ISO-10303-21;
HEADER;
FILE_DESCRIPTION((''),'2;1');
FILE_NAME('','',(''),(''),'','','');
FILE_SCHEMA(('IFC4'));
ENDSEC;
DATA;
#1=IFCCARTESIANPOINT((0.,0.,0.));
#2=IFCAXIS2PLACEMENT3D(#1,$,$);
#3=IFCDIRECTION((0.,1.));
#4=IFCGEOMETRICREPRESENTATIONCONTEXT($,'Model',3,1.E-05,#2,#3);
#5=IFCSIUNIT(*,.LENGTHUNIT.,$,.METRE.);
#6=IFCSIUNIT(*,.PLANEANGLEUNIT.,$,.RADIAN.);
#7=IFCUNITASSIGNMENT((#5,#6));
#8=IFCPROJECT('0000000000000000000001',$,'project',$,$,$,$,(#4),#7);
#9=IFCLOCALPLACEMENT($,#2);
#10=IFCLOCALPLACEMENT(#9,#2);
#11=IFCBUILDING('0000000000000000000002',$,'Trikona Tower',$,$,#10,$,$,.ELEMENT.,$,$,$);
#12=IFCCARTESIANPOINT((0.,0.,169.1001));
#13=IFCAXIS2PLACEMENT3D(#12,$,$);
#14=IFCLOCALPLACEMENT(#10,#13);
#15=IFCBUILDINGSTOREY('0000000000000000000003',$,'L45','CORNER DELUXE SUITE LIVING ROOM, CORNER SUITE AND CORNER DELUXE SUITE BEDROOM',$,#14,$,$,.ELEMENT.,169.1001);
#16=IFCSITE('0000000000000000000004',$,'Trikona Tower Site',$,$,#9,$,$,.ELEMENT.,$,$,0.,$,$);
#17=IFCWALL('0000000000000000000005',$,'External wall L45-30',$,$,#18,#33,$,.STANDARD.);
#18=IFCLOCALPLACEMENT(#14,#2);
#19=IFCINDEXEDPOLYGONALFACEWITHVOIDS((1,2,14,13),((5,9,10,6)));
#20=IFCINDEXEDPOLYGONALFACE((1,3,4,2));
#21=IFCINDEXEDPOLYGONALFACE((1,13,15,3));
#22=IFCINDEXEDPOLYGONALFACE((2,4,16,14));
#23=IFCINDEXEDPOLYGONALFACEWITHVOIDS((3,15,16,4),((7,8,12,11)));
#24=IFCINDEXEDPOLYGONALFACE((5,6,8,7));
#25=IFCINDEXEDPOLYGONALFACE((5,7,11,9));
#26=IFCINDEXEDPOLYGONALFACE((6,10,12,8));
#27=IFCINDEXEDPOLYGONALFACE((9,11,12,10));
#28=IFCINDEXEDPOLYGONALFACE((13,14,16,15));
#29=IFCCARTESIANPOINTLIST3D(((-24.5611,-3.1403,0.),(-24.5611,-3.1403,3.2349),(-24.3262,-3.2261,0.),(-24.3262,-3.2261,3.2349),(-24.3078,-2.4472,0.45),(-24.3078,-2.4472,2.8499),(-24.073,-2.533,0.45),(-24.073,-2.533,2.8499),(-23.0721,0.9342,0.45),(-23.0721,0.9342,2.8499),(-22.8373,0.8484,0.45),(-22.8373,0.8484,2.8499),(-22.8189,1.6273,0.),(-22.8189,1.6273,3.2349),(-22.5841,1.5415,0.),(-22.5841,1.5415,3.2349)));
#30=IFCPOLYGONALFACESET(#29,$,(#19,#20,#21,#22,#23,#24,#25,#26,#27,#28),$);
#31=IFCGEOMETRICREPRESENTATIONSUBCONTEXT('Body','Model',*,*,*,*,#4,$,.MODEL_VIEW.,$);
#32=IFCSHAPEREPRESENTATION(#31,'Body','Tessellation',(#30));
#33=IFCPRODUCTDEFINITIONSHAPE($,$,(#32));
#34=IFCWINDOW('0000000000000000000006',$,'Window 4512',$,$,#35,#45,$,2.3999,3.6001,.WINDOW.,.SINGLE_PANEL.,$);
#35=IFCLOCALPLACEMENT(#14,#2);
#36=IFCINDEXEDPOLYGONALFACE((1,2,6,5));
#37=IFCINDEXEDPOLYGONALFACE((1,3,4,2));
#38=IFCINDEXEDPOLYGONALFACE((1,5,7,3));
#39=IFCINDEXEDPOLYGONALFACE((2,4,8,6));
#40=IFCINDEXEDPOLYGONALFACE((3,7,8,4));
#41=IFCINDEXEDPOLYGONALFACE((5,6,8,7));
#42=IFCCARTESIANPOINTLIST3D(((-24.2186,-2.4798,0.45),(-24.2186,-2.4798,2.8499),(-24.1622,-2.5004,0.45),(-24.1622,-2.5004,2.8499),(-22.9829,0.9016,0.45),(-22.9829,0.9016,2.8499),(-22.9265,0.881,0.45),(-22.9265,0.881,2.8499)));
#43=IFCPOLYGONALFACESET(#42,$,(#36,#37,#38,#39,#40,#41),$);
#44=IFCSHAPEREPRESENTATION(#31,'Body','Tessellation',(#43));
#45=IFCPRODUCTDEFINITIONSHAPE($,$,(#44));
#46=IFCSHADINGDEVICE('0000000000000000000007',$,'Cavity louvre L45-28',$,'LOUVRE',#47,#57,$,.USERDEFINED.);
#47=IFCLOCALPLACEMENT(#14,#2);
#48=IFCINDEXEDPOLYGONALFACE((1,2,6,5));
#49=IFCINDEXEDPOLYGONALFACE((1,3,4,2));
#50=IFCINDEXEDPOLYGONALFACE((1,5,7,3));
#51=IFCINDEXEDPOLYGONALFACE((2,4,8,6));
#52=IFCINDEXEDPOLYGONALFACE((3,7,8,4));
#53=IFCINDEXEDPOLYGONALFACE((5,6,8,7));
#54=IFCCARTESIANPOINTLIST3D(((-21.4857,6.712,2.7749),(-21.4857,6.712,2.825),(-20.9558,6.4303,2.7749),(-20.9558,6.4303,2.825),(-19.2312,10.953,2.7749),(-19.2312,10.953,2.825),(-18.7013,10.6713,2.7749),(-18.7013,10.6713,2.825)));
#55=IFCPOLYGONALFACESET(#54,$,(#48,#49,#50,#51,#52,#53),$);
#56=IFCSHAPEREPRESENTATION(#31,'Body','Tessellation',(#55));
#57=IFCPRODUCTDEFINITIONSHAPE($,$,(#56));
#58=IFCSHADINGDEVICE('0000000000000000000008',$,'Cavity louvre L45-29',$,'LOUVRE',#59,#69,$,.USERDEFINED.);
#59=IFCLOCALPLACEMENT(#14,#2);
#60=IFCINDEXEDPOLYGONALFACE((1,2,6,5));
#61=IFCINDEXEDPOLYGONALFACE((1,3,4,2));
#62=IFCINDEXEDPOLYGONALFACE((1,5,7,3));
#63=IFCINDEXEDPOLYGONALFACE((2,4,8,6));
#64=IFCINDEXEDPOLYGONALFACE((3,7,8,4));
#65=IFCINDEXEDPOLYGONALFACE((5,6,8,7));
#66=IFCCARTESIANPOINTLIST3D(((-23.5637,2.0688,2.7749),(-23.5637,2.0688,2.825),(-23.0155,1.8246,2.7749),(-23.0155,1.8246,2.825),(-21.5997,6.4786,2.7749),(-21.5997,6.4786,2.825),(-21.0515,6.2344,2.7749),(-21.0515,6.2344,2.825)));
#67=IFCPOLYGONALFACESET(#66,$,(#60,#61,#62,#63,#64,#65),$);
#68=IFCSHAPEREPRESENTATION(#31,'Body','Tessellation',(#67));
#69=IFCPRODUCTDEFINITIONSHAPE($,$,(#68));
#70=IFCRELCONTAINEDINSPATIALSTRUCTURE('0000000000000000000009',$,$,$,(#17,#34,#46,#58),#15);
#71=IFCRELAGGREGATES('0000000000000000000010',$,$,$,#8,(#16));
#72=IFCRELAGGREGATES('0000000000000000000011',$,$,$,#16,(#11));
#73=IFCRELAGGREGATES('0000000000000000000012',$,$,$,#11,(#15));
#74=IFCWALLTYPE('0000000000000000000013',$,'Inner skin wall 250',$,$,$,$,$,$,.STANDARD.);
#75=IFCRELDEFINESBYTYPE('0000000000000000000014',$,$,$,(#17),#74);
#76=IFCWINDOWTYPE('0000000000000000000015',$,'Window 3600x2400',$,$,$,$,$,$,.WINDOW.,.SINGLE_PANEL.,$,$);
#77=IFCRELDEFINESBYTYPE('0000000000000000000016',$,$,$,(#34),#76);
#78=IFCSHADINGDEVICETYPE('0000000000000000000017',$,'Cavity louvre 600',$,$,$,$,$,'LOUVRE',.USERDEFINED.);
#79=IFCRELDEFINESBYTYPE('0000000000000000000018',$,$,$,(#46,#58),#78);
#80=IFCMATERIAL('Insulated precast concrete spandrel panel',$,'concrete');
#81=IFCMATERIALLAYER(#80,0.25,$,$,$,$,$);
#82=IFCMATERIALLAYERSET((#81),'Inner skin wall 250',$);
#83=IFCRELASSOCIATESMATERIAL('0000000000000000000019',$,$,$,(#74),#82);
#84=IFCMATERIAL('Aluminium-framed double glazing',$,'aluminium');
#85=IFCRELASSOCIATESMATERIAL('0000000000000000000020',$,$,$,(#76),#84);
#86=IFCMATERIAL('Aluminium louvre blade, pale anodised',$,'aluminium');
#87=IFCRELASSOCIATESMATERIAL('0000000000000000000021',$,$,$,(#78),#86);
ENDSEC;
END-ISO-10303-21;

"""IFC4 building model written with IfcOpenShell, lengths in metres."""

from ifc_helpers import new_model, si_unit, direction, frame, frame_2d, origin, origin_2d, place, context, subcontext, project, spatial, rectangle, extrude, material, layer, layer_set, type_object, element, fill, save


model = new_model("IFC4")

# Units and contexts
model_context = context("Model", 3, precision=1e-05, world=origin(), true_north=direction((0.0, 1.0)))
body_context = subcontext(model_context, "Body", "Model", "MODEL_VIEW")
ifc_project = project(units=[si_unit("LENGTHUNIT", "METRE"), si_unit("PLANEANGLEUNIT", "RADIAN")], contexts=[model_context])

# Site, building, storey
site_placement = place(None, origin())
site = spatial("IfcSite", under=ifc_project, at=site_placement, Name="Trikona Tower Site", CompositionType="ELEMENT", RefElevation=0.0)
building_placement = place(site_placement, origin())
building = spatial("IfcBuilding", under=site, at=building_placement, Name="Trikona Tower", CompositionType="ELEMENT")
storey_placement = place(building_placement, frame((0.0, 0.0, 169.1001)))
storey = spatial("IfcBuildingStorey", under=building, at=storey_placement, Name="L45", Description="CORNER DELUXE SUITE LIVING ROOM, CORNER SUITE AND CORNER DELUXE SUITE BEDROOM", CompositionType="ELEMENT", Elevation=169.1001)

# Wall, opening, window
ifc_material_1 = material(Name="Insulated precast concrete spandrel panel", Category="concrete")
ifc_layer_1 = layer(ifc_material_1, 0.25)
ifc_layer_set_1 = layer_set([ifc_layer_1], Name="Inner skin wall 250")
wall_type = type_object("IfcWallType", Name="Inner skin wall 250", PredefinedType="STANDARD", material=ifc_layer_set_1)
wall_1_placement = place(storey_placement, frame((-22.7014, 1.5845, 0.0), z_axis=(0.0, 0.0, 1.0), x_axis=(-0.343226, -0.939253, 0.0)))
wall_1 = element("IfcWall", 1, at=wall_1_placement, inside=storey, type_object=wall_type, Name="External wall L45-30", PredefinedType="STANDARD", context=body_context, shape_type="SweptSolid", body=[
    extrude(rectangle(XDim=5.0759, YDim=0.25, at=frame_2d((2.5381, 0.0))), origin(), (0.0, 0.0, 1.0), 3.2349),
])
opening_1_placement = place(wall_1_placement, frame((0.738, 0.0, 0.45)))
opening_1 = element("IfcOpeningElement", 2, at=opening_1_placement, cuts=wall_1, PredefinedType="OPENING", context=body_context, shape_type="SweptSolid", body=[
    extrude(rectangle(XDim=3.6001, YDim=2.3999, at=frame_2d((1.8, 1.2))), frame((0.0, 0.135, 0.0), z_axis=(0.0, -1.0, 0.0), x_axis=(1.0, 0.0, 0.0)), (0.0, 0.0, 1.0), 0.27),
])
ifc_material_2 = material(Name="Aluminium-framed double glazing", Category="aluminium")
window_type_1 = type_object("IfcWindowType", Name="Window 3600x2400", PartitioningType="SINGLE_PANEL", PredefinedType="WINDOW", material=ifc_material_2)
window_1_placement = place(opening_1_placement, origin())
window_1 = element("IfcWindow", 3, at=window_1_placement, inside=storey, type_object=window_type_1, Name="Window 4512", OverallHeight=2.3999, OverallWidth=3.6001, PartitioningType="SINGLE_PANEL", PredefinedType="WINDOW", context=body_context, shape_type="SweptSolid", body=[
    extrude(rectangle(XDim=3.6001, YDim=2.3999, at=frame_2d((1.8, 1.2))), frame((0.0, 0.03, 0.0), z_axis=(0.0, -1.0, 0.0), x_axis=(1.0, 0.0, 0.0)), (0.0, 0.0, 1.0), 0.0601),
])
fill(opening_1, window_1)

# Shading devices
ifc_material_3 = material(Name="Aluminium louvre blade, pale anodised", Category="aluminium")
shading_device_type = type_object("IfcShadingDeviceType", Name="Cavity louvre 600", ElementType="LOUVRE", PredefinedType="USERDEFINED", material=ifc_material_3)
shading_device_1_placement = place(storey_placement, frame((-20.0935, 8.6917, 2.7749), z_axis=(0.0, 0.0, 1.0), x_axis=(-0.469398, -0.882987, 0.0)))
element("IfcShadingDevice", 4, at=shading_device_1_placement, inside=storey, type_object=shading_device_type, Name="Cavity louvre L45-28", ObjectType="LOUVRE", PredefinedType="USERDEFINED", context=body_context, shape_type="SweptSolid", body=[
    extrude(rectangle(XDim=4.803, YDim=0.6001, at=origin_2d()), origin(), (0.0, 0.0, 1.0), 0.05),
])
shading_device_2_placement = place(storey_placement, frame((-22.3076, 4.1516, 2.7749), z_axis=(0.0, 0.0, 1.0), x_axis=(-0.406843, -0.913498, 0.0)))
element("IfcShadingDevice", 5, at=shading_device_2_placement, inside=storey, type_object=shading_device_type, Name="Cavity louvre L45-29", ObjectType="LOUVRE", PredefinedType="USERDEFINED", context=body_context, shape_type="SweptSolid", body=[
    extrude(rectangle(XDim=4.8274, YDim=0.6001, at=origin_2d()), origin(), (0.0, 0.0, 1.0), 0.05),
])

save(model, "model.ifc")
